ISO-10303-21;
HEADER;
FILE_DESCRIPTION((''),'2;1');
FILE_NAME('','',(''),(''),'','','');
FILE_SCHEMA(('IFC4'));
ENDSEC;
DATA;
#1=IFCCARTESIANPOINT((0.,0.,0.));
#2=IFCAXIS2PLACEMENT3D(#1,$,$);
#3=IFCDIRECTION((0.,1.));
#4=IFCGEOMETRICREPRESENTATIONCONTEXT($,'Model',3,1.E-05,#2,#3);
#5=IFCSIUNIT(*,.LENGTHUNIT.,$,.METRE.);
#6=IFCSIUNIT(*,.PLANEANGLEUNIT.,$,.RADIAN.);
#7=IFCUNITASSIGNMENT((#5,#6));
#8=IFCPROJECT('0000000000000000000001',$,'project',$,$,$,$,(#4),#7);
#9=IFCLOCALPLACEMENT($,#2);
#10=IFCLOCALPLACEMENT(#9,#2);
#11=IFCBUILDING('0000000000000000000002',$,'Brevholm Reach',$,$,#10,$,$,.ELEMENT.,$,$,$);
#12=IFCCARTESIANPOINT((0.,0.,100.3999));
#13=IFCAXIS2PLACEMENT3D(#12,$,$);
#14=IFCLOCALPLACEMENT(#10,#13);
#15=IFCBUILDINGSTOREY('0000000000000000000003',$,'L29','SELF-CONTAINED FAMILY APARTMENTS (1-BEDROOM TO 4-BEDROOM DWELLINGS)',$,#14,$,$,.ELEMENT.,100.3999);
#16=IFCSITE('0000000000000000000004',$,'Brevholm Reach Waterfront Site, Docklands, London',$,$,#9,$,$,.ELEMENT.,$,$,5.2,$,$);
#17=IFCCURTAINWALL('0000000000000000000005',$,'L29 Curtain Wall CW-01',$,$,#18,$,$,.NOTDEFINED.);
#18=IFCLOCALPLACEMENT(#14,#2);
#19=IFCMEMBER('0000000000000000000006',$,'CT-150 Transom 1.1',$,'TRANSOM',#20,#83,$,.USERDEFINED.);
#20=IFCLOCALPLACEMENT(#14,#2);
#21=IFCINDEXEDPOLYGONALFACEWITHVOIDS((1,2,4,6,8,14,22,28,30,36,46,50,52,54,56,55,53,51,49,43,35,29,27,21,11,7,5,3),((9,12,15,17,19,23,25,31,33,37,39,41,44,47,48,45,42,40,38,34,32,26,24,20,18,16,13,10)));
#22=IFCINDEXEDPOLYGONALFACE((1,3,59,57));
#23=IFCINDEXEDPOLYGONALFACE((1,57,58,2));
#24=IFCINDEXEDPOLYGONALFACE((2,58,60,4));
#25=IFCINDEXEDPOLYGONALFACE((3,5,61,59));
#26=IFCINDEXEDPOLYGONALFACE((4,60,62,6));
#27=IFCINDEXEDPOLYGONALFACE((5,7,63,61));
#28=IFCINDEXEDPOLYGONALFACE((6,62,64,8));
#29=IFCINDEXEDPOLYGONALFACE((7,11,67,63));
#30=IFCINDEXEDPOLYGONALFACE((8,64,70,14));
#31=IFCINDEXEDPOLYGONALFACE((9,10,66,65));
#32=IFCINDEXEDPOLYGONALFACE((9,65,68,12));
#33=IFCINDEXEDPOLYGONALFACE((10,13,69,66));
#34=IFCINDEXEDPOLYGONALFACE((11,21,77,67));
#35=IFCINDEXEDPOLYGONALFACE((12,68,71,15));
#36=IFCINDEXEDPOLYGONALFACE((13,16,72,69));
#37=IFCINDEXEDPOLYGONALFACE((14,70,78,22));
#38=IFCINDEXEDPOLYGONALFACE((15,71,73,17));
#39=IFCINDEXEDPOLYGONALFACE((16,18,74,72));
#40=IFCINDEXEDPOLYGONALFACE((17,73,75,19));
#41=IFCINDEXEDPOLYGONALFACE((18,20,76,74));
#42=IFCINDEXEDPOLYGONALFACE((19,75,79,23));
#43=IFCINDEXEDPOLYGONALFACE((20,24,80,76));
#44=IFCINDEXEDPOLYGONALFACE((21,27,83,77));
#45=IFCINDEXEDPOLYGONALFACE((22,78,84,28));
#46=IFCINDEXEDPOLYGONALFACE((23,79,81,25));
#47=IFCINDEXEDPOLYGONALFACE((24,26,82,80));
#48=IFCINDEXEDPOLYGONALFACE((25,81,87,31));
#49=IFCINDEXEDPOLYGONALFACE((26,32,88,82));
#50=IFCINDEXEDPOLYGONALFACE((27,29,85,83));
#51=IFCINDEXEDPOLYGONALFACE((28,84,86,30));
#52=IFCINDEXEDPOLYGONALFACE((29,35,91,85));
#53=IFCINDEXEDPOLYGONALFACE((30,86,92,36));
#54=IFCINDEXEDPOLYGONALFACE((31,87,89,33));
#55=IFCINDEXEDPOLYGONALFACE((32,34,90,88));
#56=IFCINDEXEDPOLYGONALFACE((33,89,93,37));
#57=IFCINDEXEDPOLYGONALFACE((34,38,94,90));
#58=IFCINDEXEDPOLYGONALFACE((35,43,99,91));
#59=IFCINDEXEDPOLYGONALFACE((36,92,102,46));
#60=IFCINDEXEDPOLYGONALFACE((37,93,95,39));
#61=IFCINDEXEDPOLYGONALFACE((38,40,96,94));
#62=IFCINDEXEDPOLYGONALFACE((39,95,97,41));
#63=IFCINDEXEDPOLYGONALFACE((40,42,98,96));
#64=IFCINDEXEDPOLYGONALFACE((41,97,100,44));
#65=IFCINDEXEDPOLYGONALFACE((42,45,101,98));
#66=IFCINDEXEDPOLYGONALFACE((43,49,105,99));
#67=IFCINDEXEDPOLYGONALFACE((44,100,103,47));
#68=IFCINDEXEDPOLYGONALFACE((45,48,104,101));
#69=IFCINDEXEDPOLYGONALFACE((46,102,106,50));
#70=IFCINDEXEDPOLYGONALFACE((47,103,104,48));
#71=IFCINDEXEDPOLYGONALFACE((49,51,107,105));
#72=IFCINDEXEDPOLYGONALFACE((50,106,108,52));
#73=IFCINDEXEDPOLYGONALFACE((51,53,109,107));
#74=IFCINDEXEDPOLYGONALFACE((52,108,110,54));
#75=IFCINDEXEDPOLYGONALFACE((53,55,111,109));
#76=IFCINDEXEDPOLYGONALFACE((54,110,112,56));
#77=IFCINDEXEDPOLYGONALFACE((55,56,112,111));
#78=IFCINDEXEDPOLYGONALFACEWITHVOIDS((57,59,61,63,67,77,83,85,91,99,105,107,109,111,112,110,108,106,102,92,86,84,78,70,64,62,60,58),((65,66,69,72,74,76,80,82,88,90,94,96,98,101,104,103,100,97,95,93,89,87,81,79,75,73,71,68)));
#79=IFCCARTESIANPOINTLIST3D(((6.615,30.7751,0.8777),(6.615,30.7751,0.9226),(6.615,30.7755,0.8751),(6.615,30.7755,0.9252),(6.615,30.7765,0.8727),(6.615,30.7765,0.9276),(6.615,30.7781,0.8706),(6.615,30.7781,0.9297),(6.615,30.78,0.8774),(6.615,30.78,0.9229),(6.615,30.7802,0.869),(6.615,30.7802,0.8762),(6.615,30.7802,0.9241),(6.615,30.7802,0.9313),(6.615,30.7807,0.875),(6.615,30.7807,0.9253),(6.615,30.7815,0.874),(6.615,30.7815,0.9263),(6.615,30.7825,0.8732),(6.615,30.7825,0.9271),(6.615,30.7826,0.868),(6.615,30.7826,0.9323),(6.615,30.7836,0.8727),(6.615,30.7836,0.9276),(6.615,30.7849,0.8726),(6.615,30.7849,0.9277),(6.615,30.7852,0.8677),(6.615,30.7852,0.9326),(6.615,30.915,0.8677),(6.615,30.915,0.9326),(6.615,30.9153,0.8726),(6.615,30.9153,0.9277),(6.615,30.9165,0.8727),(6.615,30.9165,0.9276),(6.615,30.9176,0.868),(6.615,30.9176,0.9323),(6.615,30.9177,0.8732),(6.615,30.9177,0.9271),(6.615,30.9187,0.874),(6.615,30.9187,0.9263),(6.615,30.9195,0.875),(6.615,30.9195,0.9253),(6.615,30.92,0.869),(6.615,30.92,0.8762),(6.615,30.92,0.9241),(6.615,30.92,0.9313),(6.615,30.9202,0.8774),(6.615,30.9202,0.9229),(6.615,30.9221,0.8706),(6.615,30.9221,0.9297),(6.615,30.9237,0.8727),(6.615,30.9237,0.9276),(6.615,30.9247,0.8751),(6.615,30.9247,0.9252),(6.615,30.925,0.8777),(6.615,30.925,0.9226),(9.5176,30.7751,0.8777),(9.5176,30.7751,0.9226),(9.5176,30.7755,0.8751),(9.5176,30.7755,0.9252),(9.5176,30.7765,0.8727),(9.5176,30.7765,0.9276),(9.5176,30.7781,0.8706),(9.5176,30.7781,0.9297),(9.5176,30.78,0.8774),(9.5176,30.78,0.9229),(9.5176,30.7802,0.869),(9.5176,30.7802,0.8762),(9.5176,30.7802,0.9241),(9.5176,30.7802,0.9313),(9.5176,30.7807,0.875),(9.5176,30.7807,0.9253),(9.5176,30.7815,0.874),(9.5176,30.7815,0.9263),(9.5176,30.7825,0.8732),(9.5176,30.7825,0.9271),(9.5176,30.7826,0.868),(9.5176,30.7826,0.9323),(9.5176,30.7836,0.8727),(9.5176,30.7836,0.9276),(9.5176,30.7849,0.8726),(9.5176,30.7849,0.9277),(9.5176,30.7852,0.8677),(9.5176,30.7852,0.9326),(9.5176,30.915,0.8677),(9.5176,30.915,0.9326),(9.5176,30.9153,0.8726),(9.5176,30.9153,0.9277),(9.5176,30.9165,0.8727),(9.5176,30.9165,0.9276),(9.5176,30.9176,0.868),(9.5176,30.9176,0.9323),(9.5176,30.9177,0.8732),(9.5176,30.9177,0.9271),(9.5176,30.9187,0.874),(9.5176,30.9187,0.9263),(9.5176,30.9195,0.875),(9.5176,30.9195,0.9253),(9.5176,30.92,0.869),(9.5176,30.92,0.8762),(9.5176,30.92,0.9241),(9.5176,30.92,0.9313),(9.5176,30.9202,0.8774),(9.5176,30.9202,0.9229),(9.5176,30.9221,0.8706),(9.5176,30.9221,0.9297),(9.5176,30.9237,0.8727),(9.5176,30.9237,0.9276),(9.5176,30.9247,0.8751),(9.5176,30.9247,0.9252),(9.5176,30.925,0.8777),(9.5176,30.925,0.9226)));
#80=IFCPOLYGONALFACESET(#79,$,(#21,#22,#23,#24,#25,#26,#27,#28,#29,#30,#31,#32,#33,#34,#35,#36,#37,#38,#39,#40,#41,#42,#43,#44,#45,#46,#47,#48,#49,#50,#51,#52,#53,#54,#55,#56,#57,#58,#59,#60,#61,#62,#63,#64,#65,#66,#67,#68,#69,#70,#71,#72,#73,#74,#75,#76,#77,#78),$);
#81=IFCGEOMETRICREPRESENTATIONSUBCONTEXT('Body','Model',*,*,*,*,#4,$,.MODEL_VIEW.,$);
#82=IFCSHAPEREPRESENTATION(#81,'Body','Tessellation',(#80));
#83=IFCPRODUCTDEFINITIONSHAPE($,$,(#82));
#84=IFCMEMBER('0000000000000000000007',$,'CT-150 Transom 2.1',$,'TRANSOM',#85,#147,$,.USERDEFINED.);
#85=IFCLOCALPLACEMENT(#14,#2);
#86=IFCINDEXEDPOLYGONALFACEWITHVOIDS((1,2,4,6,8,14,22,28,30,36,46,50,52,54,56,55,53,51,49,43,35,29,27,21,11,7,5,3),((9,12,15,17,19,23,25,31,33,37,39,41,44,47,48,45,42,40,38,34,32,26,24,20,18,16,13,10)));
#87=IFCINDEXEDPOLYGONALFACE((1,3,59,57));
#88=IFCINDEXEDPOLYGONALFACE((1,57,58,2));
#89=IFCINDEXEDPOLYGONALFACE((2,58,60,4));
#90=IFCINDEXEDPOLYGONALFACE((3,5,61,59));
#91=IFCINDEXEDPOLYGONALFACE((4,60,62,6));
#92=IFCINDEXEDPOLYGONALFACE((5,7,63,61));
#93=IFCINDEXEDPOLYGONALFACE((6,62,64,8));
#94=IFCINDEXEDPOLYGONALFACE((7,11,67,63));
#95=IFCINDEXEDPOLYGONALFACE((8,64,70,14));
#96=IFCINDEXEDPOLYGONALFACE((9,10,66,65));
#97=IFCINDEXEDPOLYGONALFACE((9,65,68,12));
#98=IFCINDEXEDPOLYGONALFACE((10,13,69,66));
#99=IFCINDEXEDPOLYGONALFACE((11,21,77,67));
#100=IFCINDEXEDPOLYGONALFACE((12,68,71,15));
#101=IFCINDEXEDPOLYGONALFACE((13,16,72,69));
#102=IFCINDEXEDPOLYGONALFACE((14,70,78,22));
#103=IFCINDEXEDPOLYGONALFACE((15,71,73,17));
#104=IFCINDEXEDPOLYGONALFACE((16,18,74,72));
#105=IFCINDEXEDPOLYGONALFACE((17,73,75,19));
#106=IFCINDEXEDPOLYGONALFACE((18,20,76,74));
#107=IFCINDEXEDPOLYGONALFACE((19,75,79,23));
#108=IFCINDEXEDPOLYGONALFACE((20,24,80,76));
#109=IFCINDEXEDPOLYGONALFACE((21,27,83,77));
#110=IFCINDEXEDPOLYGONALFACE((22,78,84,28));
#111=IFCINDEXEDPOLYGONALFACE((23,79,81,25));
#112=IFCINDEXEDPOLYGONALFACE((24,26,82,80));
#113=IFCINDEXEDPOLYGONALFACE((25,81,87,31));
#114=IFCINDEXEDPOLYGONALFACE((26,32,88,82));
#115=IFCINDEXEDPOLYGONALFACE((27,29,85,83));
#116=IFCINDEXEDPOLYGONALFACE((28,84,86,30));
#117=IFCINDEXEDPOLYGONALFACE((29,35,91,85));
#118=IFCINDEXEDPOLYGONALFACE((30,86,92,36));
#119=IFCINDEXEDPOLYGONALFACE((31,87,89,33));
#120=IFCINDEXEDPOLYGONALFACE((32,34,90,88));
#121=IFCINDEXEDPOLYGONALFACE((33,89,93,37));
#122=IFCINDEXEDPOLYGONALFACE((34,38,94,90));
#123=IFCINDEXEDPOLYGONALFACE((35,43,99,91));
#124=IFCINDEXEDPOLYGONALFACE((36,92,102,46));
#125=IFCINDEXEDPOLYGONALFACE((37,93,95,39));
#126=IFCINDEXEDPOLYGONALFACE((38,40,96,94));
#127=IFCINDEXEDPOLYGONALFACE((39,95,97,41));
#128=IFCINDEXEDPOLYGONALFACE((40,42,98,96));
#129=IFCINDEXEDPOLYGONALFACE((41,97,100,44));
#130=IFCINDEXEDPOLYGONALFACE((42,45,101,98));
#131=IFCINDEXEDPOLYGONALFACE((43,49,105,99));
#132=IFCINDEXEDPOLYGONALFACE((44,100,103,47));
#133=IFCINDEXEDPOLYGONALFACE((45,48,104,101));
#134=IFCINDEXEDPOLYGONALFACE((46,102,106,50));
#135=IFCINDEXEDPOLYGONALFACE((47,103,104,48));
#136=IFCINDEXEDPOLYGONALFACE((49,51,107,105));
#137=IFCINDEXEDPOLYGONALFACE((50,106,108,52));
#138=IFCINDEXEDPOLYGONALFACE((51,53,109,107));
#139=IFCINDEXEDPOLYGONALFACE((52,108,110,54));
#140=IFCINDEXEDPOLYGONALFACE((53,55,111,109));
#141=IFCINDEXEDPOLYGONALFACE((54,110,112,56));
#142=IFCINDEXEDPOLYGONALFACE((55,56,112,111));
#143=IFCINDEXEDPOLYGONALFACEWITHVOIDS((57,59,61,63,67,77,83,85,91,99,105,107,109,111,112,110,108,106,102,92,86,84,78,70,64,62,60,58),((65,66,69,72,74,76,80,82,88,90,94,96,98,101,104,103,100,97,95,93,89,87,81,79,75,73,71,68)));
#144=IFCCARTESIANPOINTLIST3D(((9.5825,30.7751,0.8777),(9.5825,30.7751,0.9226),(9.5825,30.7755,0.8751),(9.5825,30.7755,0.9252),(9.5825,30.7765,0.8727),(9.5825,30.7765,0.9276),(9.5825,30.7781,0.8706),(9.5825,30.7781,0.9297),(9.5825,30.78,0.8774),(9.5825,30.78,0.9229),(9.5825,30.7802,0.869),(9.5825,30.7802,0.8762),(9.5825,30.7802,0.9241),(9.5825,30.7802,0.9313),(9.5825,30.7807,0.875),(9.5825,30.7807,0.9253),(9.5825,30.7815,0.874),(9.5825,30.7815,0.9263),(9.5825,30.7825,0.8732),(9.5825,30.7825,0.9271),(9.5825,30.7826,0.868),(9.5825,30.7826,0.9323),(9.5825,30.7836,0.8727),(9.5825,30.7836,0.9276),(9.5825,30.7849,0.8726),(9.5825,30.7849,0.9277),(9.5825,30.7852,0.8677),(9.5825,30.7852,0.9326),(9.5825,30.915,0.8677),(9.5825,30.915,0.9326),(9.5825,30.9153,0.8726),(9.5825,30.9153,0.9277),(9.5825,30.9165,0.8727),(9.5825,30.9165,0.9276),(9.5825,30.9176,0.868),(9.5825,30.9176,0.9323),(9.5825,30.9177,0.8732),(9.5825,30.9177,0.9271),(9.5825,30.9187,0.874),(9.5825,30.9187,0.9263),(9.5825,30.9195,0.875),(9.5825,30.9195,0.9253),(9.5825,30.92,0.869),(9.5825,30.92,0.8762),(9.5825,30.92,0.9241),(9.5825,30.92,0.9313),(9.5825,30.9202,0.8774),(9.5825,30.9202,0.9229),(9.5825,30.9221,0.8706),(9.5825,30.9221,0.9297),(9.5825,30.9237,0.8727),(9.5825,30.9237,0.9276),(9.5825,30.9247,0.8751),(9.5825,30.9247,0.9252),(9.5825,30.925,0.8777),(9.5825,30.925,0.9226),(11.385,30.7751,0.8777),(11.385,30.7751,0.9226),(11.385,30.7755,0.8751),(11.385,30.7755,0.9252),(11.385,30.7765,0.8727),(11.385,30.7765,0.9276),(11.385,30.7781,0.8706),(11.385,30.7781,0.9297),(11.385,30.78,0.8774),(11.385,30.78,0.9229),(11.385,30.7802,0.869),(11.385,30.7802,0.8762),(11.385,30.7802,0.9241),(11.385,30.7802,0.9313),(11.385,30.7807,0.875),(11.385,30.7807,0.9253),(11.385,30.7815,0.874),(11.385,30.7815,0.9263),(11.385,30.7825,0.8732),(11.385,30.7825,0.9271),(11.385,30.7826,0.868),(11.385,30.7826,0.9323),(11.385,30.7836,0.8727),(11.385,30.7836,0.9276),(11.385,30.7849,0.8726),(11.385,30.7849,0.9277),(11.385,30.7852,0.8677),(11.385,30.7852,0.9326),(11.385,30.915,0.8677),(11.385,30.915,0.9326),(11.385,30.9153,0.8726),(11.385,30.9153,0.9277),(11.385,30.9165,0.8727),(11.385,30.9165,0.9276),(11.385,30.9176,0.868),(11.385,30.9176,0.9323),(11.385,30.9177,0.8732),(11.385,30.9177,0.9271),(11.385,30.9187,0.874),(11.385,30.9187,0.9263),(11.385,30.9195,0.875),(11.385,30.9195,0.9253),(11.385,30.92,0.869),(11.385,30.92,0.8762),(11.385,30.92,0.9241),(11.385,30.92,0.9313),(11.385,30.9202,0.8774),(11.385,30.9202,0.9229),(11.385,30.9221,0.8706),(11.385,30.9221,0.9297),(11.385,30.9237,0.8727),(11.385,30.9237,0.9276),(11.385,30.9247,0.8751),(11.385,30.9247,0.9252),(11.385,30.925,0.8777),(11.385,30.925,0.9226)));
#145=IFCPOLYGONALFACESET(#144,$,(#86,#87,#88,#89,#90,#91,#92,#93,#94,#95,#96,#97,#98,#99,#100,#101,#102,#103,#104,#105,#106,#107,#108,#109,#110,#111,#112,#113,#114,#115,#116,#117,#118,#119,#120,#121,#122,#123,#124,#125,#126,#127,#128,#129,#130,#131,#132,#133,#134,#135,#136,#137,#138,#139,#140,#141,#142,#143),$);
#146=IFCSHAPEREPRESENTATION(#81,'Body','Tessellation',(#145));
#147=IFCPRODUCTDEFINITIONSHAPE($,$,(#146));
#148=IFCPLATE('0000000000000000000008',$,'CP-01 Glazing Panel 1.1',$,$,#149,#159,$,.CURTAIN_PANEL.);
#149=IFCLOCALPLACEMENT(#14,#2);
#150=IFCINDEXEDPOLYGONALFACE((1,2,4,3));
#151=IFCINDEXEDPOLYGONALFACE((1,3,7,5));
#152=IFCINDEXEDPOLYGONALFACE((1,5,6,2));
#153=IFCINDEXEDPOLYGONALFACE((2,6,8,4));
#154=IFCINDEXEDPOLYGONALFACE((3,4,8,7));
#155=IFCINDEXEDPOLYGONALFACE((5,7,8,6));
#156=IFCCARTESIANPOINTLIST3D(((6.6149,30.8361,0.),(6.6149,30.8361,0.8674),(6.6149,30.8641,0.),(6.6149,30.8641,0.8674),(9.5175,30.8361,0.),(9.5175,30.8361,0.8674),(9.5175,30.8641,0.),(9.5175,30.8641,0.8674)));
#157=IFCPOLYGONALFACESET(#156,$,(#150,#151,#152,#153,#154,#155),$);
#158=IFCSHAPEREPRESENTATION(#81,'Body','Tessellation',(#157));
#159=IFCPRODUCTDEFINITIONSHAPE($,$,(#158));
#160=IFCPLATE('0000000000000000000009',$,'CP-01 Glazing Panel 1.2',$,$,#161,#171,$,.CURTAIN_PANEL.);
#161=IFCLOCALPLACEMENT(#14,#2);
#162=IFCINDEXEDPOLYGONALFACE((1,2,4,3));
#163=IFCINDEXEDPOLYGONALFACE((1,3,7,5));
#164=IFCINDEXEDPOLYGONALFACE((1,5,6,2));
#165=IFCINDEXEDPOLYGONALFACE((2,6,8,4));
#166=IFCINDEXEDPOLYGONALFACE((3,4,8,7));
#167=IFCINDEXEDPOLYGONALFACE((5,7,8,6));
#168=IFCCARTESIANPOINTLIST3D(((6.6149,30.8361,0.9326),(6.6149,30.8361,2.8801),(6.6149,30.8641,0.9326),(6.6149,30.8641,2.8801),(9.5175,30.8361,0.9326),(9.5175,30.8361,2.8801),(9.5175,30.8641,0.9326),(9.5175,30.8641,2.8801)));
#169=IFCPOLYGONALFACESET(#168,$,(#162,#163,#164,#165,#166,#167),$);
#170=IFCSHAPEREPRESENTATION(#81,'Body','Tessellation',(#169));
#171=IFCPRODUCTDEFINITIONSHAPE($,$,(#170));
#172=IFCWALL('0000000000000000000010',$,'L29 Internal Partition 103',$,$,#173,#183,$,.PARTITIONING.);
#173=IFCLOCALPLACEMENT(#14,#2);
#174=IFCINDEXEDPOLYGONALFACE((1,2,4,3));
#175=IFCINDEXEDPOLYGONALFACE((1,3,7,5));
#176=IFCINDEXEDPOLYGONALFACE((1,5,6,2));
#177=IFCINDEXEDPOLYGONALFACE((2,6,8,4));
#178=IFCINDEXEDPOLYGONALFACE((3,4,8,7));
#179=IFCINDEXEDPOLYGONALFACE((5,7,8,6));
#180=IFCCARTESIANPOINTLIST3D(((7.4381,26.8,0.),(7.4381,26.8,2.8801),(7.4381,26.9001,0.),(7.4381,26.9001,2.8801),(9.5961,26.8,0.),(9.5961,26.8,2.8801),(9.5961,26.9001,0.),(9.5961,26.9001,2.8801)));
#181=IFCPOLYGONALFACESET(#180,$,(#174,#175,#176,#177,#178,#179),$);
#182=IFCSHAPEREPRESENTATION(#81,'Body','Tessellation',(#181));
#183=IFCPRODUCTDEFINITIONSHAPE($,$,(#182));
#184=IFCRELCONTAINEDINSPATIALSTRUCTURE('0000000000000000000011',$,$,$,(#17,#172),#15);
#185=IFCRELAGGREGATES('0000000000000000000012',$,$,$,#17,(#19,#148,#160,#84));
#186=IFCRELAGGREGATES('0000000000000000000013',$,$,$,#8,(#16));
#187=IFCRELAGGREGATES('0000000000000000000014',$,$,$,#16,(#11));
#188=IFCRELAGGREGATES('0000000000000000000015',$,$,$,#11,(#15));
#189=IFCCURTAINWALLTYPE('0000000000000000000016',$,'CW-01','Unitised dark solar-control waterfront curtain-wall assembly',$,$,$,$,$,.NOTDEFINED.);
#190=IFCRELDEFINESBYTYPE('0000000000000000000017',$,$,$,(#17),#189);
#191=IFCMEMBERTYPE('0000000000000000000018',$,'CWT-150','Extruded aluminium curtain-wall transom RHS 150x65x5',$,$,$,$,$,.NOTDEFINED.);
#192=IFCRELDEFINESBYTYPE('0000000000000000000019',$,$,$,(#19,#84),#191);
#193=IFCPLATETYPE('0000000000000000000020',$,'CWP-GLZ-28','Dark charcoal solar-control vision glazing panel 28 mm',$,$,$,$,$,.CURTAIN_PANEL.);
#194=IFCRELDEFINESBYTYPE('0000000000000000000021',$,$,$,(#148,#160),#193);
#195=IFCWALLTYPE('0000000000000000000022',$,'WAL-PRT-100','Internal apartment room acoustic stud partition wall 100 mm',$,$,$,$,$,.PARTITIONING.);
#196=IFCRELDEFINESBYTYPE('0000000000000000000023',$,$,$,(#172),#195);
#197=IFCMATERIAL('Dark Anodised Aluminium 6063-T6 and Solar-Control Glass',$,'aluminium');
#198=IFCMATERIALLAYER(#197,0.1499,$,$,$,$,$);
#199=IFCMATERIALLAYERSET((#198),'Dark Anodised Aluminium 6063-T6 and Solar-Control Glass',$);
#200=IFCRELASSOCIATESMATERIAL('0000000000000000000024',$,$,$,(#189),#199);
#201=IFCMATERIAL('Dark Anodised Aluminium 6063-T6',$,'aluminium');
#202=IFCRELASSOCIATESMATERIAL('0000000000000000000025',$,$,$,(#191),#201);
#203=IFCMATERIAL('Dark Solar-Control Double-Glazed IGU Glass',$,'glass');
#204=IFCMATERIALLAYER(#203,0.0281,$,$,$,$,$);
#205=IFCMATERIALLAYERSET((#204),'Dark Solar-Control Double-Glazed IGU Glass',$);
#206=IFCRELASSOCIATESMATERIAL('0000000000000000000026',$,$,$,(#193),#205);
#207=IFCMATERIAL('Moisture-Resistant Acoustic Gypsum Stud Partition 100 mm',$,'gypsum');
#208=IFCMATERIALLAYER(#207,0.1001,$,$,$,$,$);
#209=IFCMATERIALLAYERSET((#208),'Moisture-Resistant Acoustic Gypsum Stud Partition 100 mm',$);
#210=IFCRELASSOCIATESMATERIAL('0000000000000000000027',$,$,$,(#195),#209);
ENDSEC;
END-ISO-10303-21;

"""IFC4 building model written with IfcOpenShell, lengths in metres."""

from ifc_helpers import new_model, si_unit, direction, frame, frame_2d, origin, origin_2d, place, context, subcontext, project, spatial, rectangle, hollow_rectangle, extrude, material, layer, layer_set, material_profile, profile_set, type_object, element, aggregate, save


model = new_model("IFC4")

# Units and contexts
model_context = context("Model", 3, precision=1e-05, world=origin(), true_north=direction((0.0, 1.0)))
body_context = subcontext(model_context, "Body", "Model", "MODEL_VIEW")
ifc_project = project(units=[si_unit("LENGTHUNIT", "METRE"), si_unit("PLANEANGLEUNIT", "RADIAN")], contexts=[model_context])

# Site, building, storey
site_placement = place(None, origin())
site = spatial("IfcSite", under=ifc_project, at=site_placement, Name="Brevholm Reach Waterfront Site, Docklands, London", CompositionType="ELEMENT", RefElevation=5.2)
building_placement = place(site_placement, origin())
building = spatial("IfcBuilding", under=site, at=building_placement, Name="Brevholm Reach", CompositionType="ELEMENT")
storey_placement = place(building_placement, frame((0.0, 0.0, 100.3999)))
storey = spatial("IfcBuildingStorey", under=building, at=storey_placement, Name="L29", Description="SELF-CONTAINED FAMILY APARTMENTS (1-BEDROOM TO 4-BEDROOM DWELLINGS)", CompositionType="ELEMENT", Elevation=100.3999)

# Curtain wall, members, plates
ifc_material_1 = material(Name="Dark Anodised Aluminium 6063-T6 and Solar-Control Glass", Category="aluminium")
ifc_layer_1 = layer(ifc_material_1, 0.1499)
ifc_layer_set_1 = layer_set([ifc_layer_1], Name="Dark Anodised Aluminium 6063-T6 and Solar-Control Glass")
curtain_wall_type = type_object("IfcCurtainWallType", Name="CW-01", Description="Unitised dark solar-control waterfront curtain-wall assembly", PredefinedType="NOTDEFINED", material=ifc_layer_set_1)
curtain_wall_placement = place(storey_placement, origin())
curtain_wall = element("IfcCurtainWall", 1, at=curtain_wall_placement, inside=storey, type_object=curtain_wall_type, Name="L29 Curtain Wall CW-01", PredefinedType="NOTDEFINED")
ifc_material_2 = material(Name="Dark Anodised Aluminium 6063-T6", Category="aluminium")
ifc_material_profile_1 = material_profile(ifc_material_2, hollow_rectangle(XDim=0.0649, YDim=0.1499, WallThickness=0.0049, InnerFilletRadius=0.0049, OuterFilletRadius=0.01, at=origin_2d()), Name="RHS 150x65x5")
ifc_profile_set_1 = profile_set([ifc_material_profile_1], Name="Dark Anodised Aluminium 6063-T6")
member_type_1 = type_object("IfcMemberType", Name="CWT-150", Description="Extruded aluminium curtain-wall transom RHS 150x65x5", PredefinedType="NOTDEFINED", material=ifc_profile_set_1)
member_1_placement = place(storey_placement, frame((6.615, 30.8501, 0.9001), z_axis=(1.0, 0.0, 0.0), x_axis=(0.0, 0.0, 1.0)))
member_1 = element("IfcMember", 2, at=member_1_placement, type_object=member_type_1, Name="CT-150 Transom 1.1", ObjectType="TRANSOM", PredefinedType="USERDEFINED", context=body_context, shape_type="SweptSolid", body=[
    extrude(hollow_rectangle(XDim=0.0649, YDim=0.1499, WallThickness=0.0049, InnerFilletRadius=0.0049, OuterFilletRadius=0.01, at=origin_2d()), origin(), (0.0, 0.0, 1.0), 2.9026),
])
member_2_placement = place(storey_placement, frame((9.5825, 30.8501, 0.9001), z_axis=(1.0, 0.0, 0.0), x_axis=(0.0, 0.0, 1.0)))
member_2 = element("IfcMember", 3, at=member_2_placement, type_object=member_type_1, Name="CT-150 Transom 2.1", ObjectType="TRANSOM", PredefinedType="USERDEFINED", context=body_context, shape_type="SweptSolid", body=[
    extrude(hollow_rectangle(XDim=0.0649, YDim=0.1499, WallThickness=0.0049, InnerFilletRadius=0.0049, OuterFilletRadius=0.01, at=origin_2d()), origin(), (0.0, 0.0, 1.0), 1.8025),
])
ifc_material_3 = material(Name="Dark Solar-Control Double-Glazed IGU Glass", Category="glass")
ifc_layer_2 = layer(ifc_material_3, 0.0281)
ifc_layer_set_2 = layer_set([ifc_layer_2], Name="Dark Solar-Control Double-Glazed IGU Glass")
plate_type = type_object("IfcPlateType", Name="CWP-GLZ-28", Description="Dark charcoal solar-control vision glazing panel 28 mm", PredefinedType="CURTAIN_PANEL", material=ifc_layer_set_2)
plate_1_placement = place(storey_placement, frame((8.0662, 30.8501, 0.0), z_axis=(0.0, 0.0, 1.0), x_axis=(1.0, 0.0, 0.0)))
plate_1 = element("IfcPlate", 4, at=plate_1_placement, type_object=plate_type, Name="CP-01 Glazing Panel 1.1", PredefinedType="CURTAIN_PANEL", context=body_context, shape_type="SweptSolid", body=[
    extrude(rectangle(XDim=2.9026, YDim=0.0281, at=origin_2d()), origin(), (0.0, 0.0, 1.0), 0.8674),
])
plate_2_placement = place(storey_placement, frame((8.0662, 30.8501, 0.9326), z_axis=(0.0, 0.0, 1.0), x_axis=(1.0, 0.0, 0.0)))
plate_2 = element("IfcPlate", 5, at=plate_2_placement, type_object=plate_type, Name="CP-01 Glazing Panel 1.2", PredefinedType="CURTAIN_PANEL", context=body_context, shape_type="SweptSolid", body=[
    extrude(rectangle(XDim=2.9026, YDim=0.0281, at=origin_2d()), origin(), (0.0, 0.0, 1.0), 1.9475),
])
aggregate(curtain_wall, [member_1, plate_1, plate_2, member_2])

# Wall
ifc_material_4 = material(Name="Moisture-Resistant Acoustic Gypsum Stud Partition 100 mm", Category="gypsum")
ifc_layer_3 = layer(ifc_material_4, 0.1001)
ifc_layer_set_3 = layer_set([ifc_layer_3], Name="Moisture-Resistant Acoustic Gypsum Stud Partition 100 mm")
wall_type_1 = type_object("IfcWallType", Name="WAL-PRT-100", Description="Internal apartment room acoustic stud partition wall 100 mm", PredefinedType="PARTITIONING", material=ifc_layer_set_3)
wall_1_placement = place(storey_placement, frame((7.438, 26.8501, 0.0), z_axis=(0.0, 0.0, 1.0), x_axis=(1.0, 0.0, 0.0)))
element("IfcWall", 6, at=wall_1_placement, inside=storey, type_object=wall_type_1, Name="L29 Internal Partition 103", PredefinedType="PARTITIONING", context=body_context, shape_type="SweptSolid", body=[
    extrude(rectangle(XDim=2.158, YDim=0.1001, at=frame_2d((1.0791, 0.0))), origin(), (0.0, 0.0, 1.0), 2.8801),
])

save(model, "model.ifc")
